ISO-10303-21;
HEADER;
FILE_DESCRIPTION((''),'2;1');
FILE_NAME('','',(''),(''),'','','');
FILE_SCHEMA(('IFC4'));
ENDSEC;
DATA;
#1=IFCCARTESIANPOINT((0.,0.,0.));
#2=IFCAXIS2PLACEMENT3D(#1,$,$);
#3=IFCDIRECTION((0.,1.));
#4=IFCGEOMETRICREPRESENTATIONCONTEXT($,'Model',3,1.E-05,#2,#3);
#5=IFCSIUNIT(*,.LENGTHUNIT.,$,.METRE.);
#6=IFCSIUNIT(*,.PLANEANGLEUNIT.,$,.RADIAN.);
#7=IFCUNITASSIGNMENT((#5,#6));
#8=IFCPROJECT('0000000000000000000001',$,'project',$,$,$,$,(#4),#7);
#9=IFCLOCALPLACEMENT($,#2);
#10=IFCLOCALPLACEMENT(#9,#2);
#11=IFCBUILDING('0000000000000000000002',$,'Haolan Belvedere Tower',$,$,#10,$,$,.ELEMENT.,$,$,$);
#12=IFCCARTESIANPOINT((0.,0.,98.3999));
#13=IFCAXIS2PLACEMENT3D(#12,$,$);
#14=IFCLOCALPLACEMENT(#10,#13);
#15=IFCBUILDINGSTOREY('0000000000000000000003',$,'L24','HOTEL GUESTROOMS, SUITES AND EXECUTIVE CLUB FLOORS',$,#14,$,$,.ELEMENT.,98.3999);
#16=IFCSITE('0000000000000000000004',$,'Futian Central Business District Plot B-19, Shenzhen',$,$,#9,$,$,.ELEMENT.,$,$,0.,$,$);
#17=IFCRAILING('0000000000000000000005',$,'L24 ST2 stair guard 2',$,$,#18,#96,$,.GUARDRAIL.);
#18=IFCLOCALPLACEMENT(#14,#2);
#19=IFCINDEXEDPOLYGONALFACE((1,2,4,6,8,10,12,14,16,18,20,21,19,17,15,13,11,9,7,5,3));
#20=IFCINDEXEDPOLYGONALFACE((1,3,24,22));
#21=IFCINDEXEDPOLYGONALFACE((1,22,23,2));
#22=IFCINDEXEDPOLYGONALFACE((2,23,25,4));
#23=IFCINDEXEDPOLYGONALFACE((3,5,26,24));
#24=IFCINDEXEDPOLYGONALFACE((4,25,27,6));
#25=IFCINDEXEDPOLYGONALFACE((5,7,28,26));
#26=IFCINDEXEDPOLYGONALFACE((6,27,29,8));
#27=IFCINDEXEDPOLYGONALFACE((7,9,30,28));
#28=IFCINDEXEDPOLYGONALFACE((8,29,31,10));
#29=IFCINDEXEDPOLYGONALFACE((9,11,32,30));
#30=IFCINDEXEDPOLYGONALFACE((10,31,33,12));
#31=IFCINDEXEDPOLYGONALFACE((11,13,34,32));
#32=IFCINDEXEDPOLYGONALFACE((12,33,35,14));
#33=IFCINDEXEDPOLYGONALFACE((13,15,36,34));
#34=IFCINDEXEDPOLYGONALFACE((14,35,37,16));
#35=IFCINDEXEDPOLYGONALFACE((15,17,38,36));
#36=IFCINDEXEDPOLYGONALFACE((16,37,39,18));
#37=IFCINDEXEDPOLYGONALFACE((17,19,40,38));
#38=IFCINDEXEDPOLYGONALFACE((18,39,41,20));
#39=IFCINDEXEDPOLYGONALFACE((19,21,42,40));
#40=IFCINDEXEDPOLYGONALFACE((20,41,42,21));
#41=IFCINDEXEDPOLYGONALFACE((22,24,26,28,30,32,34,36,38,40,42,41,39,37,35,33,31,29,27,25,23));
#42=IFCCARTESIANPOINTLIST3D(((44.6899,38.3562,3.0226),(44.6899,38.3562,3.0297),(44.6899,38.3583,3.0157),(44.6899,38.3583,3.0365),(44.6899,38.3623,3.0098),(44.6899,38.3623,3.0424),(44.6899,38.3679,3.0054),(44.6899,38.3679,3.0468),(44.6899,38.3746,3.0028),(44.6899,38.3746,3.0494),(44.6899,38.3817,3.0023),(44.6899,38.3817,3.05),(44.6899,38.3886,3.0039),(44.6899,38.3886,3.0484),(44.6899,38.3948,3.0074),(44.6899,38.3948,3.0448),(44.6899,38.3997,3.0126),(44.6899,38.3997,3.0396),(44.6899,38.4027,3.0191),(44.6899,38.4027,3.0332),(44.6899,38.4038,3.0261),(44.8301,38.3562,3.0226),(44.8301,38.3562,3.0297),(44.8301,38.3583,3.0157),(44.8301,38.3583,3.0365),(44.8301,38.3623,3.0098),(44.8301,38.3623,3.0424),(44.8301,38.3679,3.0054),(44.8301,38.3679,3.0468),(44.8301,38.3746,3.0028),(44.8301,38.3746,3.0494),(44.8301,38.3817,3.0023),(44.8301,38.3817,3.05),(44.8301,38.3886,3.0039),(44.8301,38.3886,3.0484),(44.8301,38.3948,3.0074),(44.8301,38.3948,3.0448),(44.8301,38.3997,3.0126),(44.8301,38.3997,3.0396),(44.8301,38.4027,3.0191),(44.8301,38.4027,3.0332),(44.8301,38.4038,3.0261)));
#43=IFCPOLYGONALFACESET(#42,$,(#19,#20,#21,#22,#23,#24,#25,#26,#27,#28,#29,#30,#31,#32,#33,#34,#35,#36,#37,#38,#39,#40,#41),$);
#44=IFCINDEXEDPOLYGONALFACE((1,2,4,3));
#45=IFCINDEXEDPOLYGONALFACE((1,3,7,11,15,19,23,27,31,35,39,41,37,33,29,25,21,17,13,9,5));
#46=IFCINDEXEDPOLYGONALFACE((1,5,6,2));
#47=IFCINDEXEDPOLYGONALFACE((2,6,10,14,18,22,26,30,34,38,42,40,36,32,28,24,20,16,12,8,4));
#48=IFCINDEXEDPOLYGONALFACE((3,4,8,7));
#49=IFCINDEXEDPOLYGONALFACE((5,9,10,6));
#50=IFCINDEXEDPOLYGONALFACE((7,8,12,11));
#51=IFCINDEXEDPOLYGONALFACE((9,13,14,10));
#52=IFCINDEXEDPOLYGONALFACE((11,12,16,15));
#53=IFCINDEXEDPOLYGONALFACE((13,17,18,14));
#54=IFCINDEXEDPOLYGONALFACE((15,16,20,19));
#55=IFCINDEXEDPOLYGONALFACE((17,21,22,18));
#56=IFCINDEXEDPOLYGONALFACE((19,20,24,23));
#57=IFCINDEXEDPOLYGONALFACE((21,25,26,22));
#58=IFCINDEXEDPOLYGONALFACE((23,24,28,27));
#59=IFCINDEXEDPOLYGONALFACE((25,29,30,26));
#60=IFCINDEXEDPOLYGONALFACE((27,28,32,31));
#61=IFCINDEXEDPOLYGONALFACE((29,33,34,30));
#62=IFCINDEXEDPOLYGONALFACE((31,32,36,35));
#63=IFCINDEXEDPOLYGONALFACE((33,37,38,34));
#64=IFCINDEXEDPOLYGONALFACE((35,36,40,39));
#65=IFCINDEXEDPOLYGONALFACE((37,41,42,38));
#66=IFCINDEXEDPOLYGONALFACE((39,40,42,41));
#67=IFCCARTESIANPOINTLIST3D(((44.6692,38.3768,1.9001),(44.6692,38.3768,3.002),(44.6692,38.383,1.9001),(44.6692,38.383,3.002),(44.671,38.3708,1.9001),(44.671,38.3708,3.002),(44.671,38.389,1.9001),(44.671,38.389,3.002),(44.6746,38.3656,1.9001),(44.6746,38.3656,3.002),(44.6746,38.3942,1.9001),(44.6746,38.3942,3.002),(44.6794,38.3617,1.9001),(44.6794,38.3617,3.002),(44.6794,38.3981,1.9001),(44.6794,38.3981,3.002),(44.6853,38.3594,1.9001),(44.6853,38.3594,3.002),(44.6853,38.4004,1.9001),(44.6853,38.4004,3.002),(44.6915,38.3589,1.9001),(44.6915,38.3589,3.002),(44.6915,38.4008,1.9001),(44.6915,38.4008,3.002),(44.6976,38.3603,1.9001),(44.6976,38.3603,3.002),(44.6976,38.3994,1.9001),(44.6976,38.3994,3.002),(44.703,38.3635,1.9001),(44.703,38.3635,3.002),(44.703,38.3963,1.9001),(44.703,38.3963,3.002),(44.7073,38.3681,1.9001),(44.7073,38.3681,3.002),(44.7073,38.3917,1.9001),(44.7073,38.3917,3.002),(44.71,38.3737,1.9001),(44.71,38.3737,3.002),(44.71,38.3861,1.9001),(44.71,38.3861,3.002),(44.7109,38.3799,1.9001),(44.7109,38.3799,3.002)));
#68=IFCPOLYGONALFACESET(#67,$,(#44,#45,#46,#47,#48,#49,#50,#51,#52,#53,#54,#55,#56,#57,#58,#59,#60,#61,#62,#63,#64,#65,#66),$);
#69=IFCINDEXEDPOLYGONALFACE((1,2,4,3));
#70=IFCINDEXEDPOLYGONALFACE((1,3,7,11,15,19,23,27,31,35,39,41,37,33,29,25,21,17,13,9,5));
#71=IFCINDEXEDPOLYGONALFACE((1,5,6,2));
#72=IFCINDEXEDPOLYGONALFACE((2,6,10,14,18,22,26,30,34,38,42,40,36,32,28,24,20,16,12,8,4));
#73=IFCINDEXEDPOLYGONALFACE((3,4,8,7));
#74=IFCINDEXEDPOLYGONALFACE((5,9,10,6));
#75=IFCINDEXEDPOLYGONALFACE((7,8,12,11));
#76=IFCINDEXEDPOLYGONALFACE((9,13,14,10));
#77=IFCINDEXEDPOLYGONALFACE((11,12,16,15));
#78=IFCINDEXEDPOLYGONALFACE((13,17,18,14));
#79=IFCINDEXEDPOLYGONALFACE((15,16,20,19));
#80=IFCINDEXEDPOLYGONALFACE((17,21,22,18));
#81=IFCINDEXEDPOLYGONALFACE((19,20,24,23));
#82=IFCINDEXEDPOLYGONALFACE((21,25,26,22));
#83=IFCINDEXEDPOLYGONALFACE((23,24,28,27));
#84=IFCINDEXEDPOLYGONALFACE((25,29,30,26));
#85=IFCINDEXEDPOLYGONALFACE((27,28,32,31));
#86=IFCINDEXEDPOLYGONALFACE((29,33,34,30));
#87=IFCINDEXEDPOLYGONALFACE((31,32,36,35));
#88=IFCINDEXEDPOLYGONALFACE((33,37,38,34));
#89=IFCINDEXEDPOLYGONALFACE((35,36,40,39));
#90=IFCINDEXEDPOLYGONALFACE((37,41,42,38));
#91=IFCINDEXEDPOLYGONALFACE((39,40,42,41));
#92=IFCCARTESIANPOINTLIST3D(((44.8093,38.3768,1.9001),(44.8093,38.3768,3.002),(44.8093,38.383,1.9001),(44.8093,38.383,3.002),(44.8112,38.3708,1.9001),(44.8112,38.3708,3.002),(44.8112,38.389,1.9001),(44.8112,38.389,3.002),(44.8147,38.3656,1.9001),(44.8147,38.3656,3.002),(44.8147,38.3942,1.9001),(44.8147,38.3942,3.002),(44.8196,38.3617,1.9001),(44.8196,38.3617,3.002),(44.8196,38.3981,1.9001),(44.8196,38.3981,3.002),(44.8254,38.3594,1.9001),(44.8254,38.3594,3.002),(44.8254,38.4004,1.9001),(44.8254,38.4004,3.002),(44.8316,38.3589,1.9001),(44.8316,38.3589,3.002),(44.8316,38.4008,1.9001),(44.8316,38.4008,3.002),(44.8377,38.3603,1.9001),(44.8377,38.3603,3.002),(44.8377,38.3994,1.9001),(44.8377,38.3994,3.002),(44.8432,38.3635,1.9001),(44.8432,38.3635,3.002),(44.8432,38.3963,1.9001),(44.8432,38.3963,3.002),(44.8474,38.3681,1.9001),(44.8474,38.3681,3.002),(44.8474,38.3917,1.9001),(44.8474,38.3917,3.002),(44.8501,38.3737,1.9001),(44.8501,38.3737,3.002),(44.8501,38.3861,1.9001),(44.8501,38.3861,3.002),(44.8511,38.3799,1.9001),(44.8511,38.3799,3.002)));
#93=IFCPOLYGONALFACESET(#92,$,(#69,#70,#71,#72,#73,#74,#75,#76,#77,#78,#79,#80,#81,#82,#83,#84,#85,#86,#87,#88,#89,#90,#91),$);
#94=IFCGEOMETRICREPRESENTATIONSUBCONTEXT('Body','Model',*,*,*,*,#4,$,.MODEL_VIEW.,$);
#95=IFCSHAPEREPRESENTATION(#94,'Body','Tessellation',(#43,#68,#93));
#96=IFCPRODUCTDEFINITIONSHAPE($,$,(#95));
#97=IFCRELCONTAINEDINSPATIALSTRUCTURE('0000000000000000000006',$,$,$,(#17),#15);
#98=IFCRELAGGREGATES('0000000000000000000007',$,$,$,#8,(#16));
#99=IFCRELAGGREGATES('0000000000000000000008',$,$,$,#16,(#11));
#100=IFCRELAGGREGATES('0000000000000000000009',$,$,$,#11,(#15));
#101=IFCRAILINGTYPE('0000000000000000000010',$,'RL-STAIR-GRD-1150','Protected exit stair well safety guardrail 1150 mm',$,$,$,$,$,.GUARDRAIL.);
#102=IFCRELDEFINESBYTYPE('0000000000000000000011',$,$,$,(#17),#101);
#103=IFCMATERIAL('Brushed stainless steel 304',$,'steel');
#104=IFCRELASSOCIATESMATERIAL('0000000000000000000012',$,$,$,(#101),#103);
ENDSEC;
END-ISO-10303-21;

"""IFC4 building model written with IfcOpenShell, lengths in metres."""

from ifc_helpers import new_model, si_unit, direction, frame, origin, origin_2d, place, context, subcontext, project, spatial, circle, extrude, material, type_object, element, save


model = new_model("IFC4")

# Units and contexts
model_context = context("Model", 3, precision=1e-05, world=origin(), true_north=direction((0.0, 1.0)))
body_context = subcontext(model_context, "Body", "Model", "MODEL_VIEW")
ifc_project = project(units=[si_unit("LENGTHUNIT", "METRE"), si_unit("PLANEANGLEUNIT", "RADIAN")], contexts=[model_context])

# Site, building, storey
site_placement = place(None, origin())
site = spatial("IfcSite", under=ifc_project, at=site_placement, Name="Futian Central Business District Plot B-19, Shenzhen", CompositionType="ELEMENT", RefElevation=0.0)
building_placement = place(site_placement, origin())
building = spatial("IfcBuilding", under=site, at=building_placement, Name="Haolan Belvedere Tower", CompositionType="ELEMENT")
storey_placement = place(building_placement, frame((0.0, 0.0, 98.3999)))
storey = spatial("IfcBuildingStorey", under=building, at=storey_placement, Name="L24", Description="HOTEL GUESTROOMS, SUITES AND EXECUTIVE CLUB FLOORS", CompositionType="ELEMENT", Elevation=98.3999)

# Railing
ifc_material_1 = material(Name="Brushed stainless steel 304", Category="steel")
railing_type_1 = type_object("IfcRailingType", Name="RL-STAIR-GRD-1150", Description="Protected exit stair well safety guardrail 1150 mm", PredefinedType="GUARDRAIL", material=ifc_material_1)
railing_1_placement = place(storey_placement, frame((44.6899, 38.3799, 1.9001)))
element("IfcRailing", 1, at=railing_1_placement, inside=storey, type_object=railing_type_1, Name="L24 ST2 stair guard 2", PredefinedType="GUARDRAIL", context=body_context, shape_type="SweptSolid", body=[
    extrude(circle(Radius=0.0239, at=origin_2d()), frame((0.0, 0.0, 1.126), z_axis=(1.0, 0.0, 0.0), x_axis=(0.0, 1.0, 0.0)), (0.0, 0.0, 1.0), 0.1401),
    extrude(circle(Radius=0.021, at=origin_2d()), origin(), (0.0, 0.0, 1.0), 1.1018),
    extrude(circle(Radius=0.021, at=origin_2d()), frame((0.1401, 0.0, 0.0)), (0.0, 0.0, 1.0), 1.1018),
])

save(model, "model.ifc")
